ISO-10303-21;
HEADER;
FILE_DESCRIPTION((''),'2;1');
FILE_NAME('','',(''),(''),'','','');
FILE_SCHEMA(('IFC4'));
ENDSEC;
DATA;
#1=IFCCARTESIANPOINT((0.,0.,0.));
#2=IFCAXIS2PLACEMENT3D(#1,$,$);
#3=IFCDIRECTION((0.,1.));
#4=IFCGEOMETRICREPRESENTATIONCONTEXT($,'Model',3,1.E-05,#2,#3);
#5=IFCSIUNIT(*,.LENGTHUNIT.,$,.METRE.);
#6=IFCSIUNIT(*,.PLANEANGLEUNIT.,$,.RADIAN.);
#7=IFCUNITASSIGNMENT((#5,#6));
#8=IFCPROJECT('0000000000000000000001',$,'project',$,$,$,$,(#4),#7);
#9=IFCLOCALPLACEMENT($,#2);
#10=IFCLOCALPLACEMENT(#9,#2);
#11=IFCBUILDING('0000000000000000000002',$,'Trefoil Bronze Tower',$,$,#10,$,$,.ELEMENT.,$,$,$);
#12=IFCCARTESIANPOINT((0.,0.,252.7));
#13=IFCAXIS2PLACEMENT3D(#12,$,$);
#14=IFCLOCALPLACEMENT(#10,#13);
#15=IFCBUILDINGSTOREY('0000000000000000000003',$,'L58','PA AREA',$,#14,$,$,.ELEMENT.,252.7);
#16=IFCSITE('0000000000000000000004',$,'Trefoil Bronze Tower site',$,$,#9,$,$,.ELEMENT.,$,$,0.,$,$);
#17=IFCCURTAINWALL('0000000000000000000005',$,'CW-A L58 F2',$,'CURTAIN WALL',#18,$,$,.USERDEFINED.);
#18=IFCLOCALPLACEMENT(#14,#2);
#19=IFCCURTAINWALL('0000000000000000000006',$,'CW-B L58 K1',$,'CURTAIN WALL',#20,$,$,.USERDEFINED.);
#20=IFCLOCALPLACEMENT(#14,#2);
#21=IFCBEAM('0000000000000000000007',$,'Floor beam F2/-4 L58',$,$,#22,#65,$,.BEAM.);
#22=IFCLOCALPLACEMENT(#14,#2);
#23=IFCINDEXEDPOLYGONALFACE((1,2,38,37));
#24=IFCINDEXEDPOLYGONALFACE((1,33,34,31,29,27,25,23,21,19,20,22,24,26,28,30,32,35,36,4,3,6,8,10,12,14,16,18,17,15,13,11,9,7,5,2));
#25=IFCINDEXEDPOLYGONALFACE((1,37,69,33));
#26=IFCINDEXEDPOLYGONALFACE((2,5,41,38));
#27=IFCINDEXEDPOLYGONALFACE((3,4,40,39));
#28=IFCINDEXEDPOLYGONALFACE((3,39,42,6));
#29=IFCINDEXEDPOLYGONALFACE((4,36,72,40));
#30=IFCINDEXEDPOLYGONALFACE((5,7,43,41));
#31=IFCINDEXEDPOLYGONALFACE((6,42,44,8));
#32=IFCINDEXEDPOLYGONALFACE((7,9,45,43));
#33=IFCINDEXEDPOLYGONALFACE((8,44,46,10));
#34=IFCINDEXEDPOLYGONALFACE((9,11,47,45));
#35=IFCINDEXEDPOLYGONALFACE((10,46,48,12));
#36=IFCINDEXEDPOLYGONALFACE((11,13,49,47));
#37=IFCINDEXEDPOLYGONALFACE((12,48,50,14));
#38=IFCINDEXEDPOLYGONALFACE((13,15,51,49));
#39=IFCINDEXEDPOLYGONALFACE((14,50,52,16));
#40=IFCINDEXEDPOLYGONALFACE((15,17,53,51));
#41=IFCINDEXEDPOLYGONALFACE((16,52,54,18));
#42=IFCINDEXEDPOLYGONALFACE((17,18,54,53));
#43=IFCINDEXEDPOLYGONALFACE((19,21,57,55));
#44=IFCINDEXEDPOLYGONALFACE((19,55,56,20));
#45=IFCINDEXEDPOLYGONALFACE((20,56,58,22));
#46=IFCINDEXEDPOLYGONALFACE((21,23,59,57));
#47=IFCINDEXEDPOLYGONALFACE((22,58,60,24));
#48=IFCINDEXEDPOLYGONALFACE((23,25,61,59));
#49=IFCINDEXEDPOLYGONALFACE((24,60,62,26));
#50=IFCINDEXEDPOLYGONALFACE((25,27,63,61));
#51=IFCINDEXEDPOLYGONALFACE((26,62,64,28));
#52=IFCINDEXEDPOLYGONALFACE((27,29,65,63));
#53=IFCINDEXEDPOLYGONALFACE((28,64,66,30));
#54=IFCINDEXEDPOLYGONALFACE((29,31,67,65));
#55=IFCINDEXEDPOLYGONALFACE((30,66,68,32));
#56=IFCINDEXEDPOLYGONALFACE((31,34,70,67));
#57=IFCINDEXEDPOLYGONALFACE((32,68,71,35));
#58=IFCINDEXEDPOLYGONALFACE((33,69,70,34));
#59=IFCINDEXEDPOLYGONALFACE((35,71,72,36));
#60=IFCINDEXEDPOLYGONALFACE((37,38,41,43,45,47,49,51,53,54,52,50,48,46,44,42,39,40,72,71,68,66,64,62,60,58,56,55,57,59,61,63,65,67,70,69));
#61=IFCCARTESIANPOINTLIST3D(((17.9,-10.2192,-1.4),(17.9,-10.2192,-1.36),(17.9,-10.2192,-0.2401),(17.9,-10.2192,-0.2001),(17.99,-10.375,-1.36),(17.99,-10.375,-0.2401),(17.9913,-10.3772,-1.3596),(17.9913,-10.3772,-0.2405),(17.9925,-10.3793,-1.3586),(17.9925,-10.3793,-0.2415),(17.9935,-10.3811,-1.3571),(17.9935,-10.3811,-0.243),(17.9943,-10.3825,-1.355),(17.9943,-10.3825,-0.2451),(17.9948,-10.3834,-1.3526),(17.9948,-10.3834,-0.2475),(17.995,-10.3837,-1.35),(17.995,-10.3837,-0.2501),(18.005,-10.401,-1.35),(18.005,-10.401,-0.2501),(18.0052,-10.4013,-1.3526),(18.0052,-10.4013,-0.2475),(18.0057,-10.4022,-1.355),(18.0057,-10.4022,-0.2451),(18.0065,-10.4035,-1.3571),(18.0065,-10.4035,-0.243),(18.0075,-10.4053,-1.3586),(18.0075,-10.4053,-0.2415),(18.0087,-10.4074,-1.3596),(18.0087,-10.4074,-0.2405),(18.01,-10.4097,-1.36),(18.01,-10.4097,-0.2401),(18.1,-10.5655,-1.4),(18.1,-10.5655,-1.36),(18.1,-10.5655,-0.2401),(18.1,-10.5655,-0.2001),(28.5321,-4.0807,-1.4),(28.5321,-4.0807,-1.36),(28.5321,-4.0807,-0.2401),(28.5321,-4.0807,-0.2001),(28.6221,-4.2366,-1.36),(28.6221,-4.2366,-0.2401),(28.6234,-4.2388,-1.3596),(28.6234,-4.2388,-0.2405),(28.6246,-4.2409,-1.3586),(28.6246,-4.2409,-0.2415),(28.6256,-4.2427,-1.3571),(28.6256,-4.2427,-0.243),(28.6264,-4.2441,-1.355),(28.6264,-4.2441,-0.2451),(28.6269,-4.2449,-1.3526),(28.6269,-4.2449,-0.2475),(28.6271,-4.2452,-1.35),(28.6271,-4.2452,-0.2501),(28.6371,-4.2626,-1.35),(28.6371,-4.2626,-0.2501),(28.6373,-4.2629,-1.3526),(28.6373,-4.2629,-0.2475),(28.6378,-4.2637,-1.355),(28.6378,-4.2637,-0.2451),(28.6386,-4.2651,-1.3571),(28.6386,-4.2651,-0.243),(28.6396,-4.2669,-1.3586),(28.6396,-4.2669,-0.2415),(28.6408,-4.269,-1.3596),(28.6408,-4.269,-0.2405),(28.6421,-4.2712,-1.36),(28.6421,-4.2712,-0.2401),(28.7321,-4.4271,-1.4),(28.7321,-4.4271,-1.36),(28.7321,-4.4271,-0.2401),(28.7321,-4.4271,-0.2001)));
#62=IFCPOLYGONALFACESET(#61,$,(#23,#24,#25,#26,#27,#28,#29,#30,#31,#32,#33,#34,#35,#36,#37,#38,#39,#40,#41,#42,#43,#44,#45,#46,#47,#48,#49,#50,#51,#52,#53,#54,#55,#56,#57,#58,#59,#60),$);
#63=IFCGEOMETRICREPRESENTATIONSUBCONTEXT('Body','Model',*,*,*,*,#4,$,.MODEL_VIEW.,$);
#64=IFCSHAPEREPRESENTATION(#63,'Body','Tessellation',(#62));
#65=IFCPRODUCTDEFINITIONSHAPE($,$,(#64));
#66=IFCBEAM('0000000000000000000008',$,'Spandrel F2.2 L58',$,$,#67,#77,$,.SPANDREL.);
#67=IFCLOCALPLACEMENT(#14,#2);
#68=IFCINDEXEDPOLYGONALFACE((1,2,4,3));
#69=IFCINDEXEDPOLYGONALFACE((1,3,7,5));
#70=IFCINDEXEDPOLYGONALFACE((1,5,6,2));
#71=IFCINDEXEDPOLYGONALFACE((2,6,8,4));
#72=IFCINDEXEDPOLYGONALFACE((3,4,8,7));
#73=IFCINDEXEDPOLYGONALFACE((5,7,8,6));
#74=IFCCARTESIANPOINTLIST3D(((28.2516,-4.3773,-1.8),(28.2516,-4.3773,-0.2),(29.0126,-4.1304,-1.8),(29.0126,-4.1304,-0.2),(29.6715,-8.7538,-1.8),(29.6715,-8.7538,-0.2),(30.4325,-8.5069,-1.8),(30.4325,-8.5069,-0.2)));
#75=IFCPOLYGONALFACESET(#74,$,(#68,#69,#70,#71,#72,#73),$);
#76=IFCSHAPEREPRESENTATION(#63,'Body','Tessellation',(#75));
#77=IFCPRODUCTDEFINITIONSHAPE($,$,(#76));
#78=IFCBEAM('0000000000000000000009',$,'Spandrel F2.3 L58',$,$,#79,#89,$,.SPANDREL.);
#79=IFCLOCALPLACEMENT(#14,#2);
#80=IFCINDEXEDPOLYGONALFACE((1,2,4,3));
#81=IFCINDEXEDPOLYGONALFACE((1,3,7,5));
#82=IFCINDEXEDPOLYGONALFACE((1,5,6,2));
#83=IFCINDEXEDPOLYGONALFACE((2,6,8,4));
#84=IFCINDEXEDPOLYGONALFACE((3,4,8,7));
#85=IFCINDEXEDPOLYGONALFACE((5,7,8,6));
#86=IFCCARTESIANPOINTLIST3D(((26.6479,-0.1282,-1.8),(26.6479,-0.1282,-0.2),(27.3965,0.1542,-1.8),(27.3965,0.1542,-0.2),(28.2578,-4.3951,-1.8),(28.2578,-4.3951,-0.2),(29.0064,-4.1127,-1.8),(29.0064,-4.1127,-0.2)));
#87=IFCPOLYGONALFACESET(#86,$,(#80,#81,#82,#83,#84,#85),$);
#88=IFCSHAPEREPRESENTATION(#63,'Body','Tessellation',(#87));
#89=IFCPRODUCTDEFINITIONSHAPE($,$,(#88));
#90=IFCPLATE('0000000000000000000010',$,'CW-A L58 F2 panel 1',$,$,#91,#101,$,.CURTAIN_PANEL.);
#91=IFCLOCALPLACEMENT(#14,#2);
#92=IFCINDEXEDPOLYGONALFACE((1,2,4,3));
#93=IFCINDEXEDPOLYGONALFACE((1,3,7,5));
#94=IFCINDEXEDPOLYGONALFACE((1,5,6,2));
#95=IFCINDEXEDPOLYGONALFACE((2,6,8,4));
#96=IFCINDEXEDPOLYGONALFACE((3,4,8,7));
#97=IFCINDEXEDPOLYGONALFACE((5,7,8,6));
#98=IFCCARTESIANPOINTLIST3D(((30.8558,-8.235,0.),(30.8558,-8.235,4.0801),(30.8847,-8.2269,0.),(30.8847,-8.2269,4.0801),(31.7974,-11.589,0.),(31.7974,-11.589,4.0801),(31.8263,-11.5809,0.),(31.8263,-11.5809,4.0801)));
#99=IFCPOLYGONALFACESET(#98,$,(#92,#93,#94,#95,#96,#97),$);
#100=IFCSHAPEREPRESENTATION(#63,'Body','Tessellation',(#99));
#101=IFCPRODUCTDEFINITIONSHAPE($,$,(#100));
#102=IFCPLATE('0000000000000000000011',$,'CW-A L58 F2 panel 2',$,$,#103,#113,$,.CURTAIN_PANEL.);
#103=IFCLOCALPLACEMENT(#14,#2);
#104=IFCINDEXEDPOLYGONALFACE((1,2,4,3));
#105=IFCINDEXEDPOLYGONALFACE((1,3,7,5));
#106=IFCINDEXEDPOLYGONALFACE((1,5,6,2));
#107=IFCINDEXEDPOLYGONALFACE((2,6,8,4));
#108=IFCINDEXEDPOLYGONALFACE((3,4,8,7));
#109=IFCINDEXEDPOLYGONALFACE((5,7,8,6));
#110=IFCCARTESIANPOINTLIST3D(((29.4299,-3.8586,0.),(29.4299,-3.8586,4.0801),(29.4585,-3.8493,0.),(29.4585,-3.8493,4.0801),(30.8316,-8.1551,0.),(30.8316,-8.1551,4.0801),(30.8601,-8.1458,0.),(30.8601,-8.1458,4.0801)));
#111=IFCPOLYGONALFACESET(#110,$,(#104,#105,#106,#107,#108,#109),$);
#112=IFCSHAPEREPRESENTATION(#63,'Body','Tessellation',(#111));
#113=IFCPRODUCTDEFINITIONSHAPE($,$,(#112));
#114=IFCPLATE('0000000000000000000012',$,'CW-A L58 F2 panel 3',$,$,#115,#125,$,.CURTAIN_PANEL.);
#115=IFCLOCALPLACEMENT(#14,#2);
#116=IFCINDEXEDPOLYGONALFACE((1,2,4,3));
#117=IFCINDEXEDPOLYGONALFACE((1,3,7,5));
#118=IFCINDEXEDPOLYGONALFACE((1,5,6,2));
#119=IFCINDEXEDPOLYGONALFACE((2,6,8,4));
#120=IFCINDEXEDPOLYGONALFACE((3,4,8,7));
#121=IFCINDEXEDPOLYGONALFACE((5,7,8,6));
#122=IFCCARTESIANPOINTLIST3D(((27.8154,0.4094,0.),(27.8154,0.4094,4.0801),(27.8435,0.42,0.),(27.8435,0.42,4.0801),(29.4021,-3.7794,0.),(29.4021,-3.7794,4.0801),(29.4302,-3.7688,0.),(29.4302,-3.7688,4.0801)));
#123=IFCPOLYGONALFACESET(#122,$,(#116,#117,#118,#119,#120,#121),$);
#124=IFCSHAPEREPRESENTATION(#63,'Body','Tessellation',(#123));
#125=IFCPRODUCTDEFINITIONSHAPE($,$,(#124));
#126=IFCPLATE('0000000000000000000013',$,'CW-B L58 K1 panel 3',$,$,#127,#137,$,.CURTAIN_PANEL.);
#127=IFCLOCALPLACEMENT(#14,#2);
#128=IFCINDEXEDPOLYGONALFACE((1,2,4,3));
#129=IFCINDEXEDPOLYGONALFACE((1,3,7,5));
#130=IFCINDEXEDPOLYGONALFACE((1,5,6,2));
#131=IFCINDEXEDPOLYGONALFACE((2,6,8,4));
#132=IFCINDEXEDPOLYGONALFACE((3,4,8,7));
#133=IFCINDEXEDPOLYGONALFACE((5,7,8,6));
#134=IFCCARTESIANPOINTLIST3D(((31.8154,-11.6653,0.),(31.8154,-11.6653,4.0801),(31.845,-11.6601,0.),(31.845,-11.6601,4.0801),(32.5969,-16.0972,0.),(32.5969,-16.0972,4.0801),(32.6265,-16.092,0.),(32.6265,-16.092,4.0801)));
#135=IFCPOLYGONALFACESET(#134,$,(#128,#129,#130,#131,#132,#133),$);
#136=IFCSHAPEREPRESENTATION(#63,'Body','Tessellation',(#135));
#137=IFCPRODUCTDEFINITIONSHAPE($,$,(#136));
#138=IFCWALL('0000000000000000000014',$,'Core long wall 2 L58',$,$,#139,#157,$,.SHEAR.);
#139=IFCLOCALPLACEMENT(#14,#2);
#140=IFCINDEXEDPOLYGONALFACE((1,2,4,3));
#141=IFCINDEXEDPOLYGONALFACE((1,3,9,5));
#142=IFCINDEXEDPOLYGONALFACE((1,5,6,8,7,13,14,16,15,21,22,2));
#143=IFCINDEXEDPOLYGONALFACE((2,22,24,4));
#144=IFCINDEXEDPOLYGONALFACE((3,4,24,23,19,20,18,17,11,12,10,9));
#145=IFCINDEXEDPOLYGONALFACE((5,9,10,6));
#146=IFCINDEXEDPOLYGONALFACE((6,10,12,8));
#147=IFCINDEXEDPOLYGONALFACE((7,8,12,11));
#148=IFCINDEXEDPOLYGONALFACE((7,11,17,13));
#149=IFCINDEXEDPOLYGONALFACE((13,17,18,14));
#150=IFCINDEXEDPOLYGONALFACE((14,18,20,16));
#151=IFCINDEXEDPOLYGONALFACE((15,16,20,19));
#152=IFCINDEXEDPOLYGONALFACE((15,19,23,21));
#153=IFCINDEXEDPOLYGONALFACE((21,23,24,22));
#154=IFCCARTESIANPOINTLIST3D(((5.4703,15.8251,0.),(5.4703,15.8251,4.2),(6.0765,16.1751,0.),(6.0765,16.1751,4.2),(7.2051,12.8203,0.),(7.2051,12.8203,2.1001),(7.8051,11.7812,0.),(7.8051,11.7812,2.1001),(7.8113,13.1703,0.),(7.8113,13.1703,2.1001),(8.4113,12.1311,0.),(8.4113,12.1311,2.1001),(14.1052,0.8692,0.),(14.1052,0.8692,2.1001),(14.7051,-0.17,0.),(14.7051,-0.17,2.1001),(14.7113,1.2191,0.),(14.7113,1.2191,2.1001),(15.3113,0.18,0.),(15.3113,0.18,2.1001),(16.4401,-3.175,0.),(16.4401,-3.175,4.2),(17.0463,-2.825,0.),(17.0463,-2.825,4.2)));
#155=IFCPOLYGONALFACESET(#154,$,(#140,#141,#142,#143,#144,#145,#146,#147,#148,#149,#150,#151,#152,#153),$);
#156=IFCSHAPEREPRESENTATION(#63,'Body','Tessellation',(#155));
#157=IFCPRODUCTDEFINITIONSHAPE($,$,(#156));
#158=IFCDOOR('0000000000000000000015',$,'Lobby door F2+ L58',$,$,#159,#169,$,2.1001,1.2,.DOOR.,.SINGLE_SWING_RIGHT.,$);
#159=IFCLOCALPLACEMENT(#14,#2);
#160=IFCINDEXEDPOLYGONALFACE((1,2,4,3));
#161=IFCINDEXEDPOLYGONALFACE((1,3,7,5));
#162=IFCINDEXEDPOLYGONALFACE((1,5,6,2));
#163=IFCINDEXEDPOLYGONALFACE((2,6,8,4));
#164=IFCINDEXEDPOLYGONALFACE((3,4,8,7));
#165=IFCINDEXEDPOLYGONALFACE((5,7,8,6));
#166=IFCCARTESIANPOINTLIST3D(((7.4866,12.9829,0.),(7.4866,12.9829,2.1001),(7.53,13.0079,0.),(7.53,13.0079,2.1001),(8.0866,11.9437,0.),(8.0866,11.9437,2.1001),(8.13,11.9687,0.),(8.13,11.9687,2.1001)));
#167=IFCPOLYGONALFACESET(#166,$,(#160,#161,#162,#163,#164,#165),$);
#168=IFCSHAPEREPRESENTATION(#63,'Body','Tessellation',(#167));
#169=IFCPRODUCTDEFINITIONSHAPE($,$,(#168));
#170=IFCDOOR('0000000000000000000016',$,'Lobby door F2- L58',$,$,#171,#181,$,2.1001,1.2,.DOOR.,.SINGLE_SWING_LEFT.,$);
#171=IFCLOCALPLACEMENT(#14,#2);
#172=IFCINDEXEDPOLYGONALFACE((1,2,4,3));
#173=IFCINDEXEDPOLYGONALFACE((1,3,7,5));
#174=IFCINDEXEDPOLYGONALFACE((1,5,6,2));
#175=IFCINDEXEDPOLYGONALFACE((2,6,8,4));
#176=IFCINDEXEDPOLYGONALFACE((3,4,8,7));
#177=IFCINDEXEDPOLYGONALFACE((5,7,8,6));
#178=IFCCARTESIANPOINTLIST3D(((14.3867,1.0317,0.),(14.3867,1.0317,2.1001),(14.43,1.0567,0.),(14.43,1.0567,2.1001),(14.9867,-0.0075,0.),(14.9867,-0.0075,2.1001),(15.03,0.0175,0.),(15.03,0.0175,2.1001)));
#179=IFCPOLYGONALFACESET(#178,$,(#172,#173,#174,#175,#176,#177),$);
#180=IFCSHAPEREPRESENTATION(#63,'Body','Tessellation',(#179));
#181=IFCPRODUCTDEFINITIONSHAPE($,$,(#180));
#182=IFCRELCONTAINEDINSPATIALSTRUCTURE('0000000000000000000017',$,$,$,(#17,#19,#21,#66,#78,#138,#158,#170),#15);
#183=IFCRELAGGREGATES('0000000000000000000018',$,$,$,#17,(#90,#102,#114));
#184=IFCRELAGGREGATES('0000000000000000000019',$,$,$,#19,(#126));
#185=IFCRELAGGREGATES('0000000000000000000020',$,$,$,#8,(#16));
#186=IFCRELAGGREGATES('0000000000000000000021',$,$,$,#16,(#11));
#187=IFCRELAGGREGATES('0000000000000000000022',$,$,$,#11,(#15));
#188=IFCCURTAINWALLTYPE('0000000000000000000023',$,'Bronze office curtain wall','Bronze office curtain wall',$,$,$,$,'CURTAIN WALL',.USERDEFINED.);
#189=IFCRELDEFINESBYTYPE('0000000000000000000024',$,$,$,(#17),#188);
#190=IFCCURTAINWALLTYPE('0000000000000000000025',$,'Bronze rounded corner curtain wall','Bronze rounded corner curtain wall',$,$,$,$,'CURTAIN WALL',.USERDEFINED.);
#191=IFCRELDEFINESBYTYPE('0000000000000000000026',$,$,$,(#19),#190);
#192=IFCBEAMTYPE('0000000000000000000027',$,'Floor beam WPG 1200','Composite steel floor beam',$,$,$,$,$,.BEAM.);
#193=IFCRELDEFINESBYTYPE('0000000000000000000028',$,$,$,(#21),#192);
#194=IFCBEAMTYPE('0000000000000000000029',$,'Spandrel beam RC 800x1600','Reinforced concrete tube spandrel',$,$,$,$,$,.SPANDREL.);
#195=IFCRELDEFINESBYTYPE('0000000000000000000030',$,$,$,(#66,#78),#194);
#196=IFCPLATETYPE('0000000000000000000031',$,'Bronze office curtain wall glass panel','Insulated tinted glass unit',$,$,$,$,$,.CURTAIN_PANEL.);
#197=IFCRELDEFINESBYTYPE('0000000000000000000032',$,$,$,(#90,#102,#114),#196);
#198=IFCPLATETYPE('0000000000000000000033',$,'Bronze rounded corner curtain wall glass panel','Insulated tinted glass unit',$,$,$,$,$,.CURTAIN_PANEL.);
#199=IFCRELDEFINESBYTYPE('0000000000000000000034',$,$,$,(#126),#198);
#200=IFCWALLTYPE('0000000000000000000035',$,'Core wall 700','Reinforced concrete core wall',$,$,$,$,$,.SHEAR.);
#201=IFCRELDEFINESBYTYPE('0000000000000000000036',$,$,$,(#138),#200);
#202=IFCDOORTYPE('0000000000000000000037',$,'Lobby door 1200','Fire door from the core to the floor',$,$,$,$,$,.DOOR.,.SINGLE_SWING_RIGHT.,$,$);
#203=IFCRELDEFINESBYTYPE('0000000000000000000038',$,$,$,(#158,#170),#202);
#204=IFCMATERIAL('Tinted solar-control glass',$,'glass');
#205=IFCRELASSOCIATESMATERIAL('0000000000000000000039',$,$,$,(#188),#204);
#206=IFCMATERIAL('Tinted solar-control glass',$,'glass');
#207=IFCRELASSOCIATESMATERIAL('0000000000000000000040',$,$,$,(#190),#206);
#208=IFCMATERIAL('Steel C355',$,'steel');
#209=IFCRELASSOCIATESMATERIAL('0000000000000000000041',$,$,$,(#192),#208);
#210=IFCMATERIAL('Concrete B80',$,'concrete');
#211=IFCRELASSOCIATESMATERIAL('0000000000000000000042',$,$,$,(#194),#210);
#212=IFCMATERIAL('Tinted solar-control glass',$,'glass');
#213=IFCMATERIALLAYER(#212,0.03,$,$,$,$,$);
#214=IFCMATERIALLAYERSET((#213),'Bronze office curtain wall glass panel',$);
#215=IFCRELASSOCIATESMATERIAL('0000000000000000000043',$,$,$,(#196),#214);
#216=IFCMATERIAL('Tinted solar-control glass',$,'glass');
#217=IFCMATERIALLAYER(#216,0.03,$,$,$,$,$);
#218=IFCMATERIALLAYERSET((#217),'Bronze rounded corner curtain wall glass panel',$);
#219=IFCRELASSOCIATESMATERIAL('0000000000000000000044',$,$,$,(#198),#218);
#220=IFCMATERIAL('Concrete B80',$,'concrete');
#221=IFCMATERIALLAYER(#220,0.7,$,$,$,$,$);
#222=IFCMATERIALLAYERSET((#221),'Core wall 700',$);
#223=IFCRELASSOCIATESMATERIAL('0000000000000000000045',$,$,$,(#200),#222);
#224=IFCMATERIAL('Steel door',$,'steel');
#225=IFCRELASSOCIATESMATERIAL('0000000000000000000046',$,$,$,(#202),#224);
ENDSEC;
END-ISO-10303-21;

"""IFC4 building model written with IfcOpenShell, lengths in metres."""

from ifc_helpers import new_model, si_unit, direction, frame, frame_2d, origin, origin_2d, place, context, subcontext, project, spatial, rectangle, i_section, extrude, material, layer, layer_set, material_profile, profile_set, type_object, element, fill, aggregate, save


model = new_model("IFC4")

# Units and contexts
model_context = context("Model", 3, precision=1e-05, world=origin(), true_north=direction((0.0, 1.0)))
body_context = subcontext(model_context, "Body", "Model", "MODEL_VIEW")
ifc_project = project(units=[si_unit("LENGTHUNIT", "METRE"), si_unit("PLANEANGLEUNIT", "RADIAN")], contexts=[model_context])

# Site, building, storey
site_placement = place(None, origin())
site = spatial("IfcSite", under=ifc_project, at=site_placement, Name="Trefoil Bronze Tower site", CompositionType="ELEMENT", RefElevation=0.0)
building_placement = place(site_placement, origin())
building = spatial("IfcBuilding", under=site, at=building_placement, Name="Trefoil Bronze Tower", CompositionType="ELEMENT")
storey_placement = place(building_placement, frame((0.0, 0.0, 252.7)))
storey = spatial("IfcBuildingStorey", under=building, at=storey_placement, Name="L58", Description="PA AREA", CompositionType="ELEMENT", Elevation=252.7)

# Curtain walls
ifc_material_1 = material(Name="Tinted solar-control glass", Category="glass")
curtain_wall_type_1 = type_object("IfcCurtainWallType", Name="Bronze office curtain wall", Description="Bronze office curtain wall", ElementType="CURTAIN WALL", PredefinedType="USERDEFINED", material=ifc_material_1)
curtain_wall_1_placement = place(storey_placement, origin())
curtain_wall_1 = element("IfcCurtainWall", 1, at=curtain_wall_1_placement, inside=storey, type_object=curtain_wall_type_1, Name="CW-A L58 F2", ObjectType="CURTAIN WALL", PredefinedType="USERDEFINED")
ifc_material_2 = material(Name="Tinted solar-control glass", Category="glass")
curtain_wall_type_2 = type_object("IfcCurtainWallType", Name="Bronze rounded corner curtain wall", Description="Bronze rounded corner curtain wall", ElementType="CURTAIN WALL", PredefinedType="USERDEFINED", material=ifc_material_2)
curtain_wall_2_placement = place(storey_placement, origin())
curtain_wall_2 = element("IfcCurtainWall", 2, at=curtain_wall_2_placement, inside=storey, type_object=curtain_wall_type_2, Name="CW-B L58 K1", ObjectType="CURTAIN WALL", PredefinedType="USERDEFINED")

# Beams
ifc_material_3 = material(Name="Steel C355", Category="steel")
ifc_material_profile_1 = material_profile(ifc_material_3, i_section(OverallWidth=0.3999, OverallDepth=1.2, WebThickness=0.02, FlangeThickness=0.04, FilletRadius=0.01, at=origin_2d()), Name="WPG 1200")
ifc_profile_set_1 = profile_set([ifc_material_profile_1], Name="Steel C355")
beam_type_1 = type_object("IfcBeamType", Name="Floor beam WPG 1200", Description="Composite steel floor beam", PredefinedType="BEAM", material=ifc_profile_set_1)
beam_1_placement = place(storey_placement, frame((28.6321, -4.2539, -0.8), z_axis=(-0.866026, -0.5, 0.0), x_axis=(0.5, -0.866026, 0.0)))
element("IfcBeam", 3, at=beam_1_placement, inside=storey, type_object=beam_type_1, Name="Floor beam F2/-4 L58", PredefinedType="BEAM", context=body_context, shape_type="SweptSolid", body=[
    extrude(i_section(OverallWidth=0.3999, OverallDepth=1.2, WebThickness=0.02, FlangeThickness=0.04, FilletRadius=0.01, at=origin_2d()), origin(), (0.0, 0.0, 1.0), 12.2769),
])
ifc_material_4 = material(Name="Concrete B80", Category="concrete")
ifc_material_profile_2 = material_profile(ifc_material_4, rectangle(XDim=0.8, YDim=1.6001, at=origin_2d()), Name="RC 800x1600")
ifc_profile_set_2 = profile_set([ifc_material_profile_2], Name="Concrete B80")
beam_type_2 = type_object("IfcBeamType", Name="Spandrel beam RC 800x1600", Description="Reinforced concrete tube spandrel", PredefinedType="SPANDREL", material=ifc_profile_set_2)
beam_2_placement = place(storey_placement, frame((30.052, -8.6304, -1.0), z_axis=(-0.308609, 0.951189, 0.0), x_axis=(-0.951189, -0.308609, 0.0)))
element("IfcBeam", 4, at=beam_2_placement, inside=storey, type_object=beam_type_2, Name="Spandrel F2.2 L58", PredefinedType="SPANDREL", context=body_context, shape_type="SweptSolid", body=[
    extrude(rectangle(XDim=0.8, YDim=1.6001, at=origin_2d()), origin(), (0.0, 0.0, 1.0), 4.6011),
])
beam_3_placement = place(storey_placement, frame((28.6321, -4.2539, -1.0), z_axis=(-0.353006, 0.935621, 0.0), x_axis=(-0.935621, -0.353006, 0.0)))
element("IfcBeam", 5, at=beam_3_placement, inside=storey, type_object=beam_type_2, Name="Spandrel F2.3 L58", PredefinedType="SPANDREL", context=body_context, shape_type="SweptSolid", body=[
    extrude(rectangle(XDim=0.8, YDim=1.6001, at=origin_2d()), origin(), (0.0, 0.0, 1.0), 4.5605),
])

# Plates
ifc_material_5 = material(Name="Tinted solar-control glass", Category="glass")
ifc_layer_1 = layer(ifc_material_5, 0.03)
ifc_layer_set_1 = layer_set([ifc_layer_1], Name="Bronze office curtain wall glass panel")
plate_type_1 = type_object("IfcPlateType", Name="Bronze office curtain wall glass panel", Description="Insulated tinted glass unit", PredefinedType="CURTAIN_PANEL", material=ifc_layer_set_1)
plate_1_placement = place(storey_placement, frame((31.3411, -9.908, 0.0), z_axis=(0.0, 0.0, 1.0), x_axis=(-0.270282, 0.962781, 0.0)))
plate_1 = element("IfcPlate", 6, at=plate_1_placement, type_object=plate_type_1, Name="CW-A L58 F2 panel 1", PredefinedType="CURTAIN_PANEL", context=body_context, shape_type="SweptSolid", body=[
    extrude(rectangle(XDim=3.4836, YDim=0.03, at=origin_2d()), origin(), (0.0, 0.0, 1.0), 4.0801),
])
plate_2_placement = place(storey_placement, frame((30.145, -6.0022, 0.0), z_axis=(0.0, 0.0, 1.0), x_axis=(-0.310149, 0.950688, 0.0)))
plate_2 = element("IfcPlate", 7, at=plate_2_placement, type_object=plate_type_1, Name="CW-A L58 F2 panel 2", PredefinedType="CURTAIN_PANEL", context=body_context, shape_type="SweptSolid", body=[
    extrude(rectangle(XDim=4.5193, YDim=0.03, at=origin_2d()), origin(), (0.0, 0.0, 1.0), 4.0801),
])
plate_3_placement = place(storey_placement, frame((28.6228, -1.6797, 0.0), z_axis=(0.0, 0.0, 1.0), x_axis=(-0.354234, 0.935157, 0.0)))
plate_3 = element("IfcPlate", 8, at=plate_3_placement, type_object=plate_type_1, Name="CW-A L58 F2 panel 3", PredefinedType="CURTAIN_PANEL", context=body_context, shape_type="SweptSolid", body=[
    extrude(rectangle(XDim=4.4792, YDim=0.03, at=origin_2d()), origin(), (0.0, 0.0, 1.0), 4.0801),
])
aggregate(curtain_wall_1, [plate_1, plate_2, plate_3])
ifc_material_6 = material(Name="Tinted solar-control glass", Category="glass")
ifc_layer_2 = layer(ifc_material_6, 0.03)
ifc_layer_set_2 = layer_set([ifc_layer_2], Name="Bronze rounded corner curtain wall glass panel")
plate_type_2 = type_object("IfcPlateType", Name="Bronze rounded corner curtain wall glass panel", Description="Insulated tinted glass unit", PredefinedType="CURTAIN_PANEL", material=ifc_layer_set_2)
plate_4_placement = place(storey_placement, frame((32.2209, -13.8787, 0.0), z_axis=(0.0, 0.0, 1.0), x_axis=(-0.173648, 0.984808, 0.0)))
plate_4 = element("IfcPlate", 9, at=plate_4_placement, type_object=plate_type_2, Name="CW-B L58 K1 panel 3", PredefinedType="CURTAIN_PANEL", context=body_context, shape_type="SweptSolid", body=[
    extrude(rectangle(XDim=4.5002, YDim=0.03, at=origin_2d()), origin(), (0.0, 0.0, 1.0), 4.0801),
])
aggregate(curtain_wall_2, [plate_4])

# Wall, openings, doors
ifc_material_7 = material(Name="Concrete B80", Category="concrete")
ifc_layer_3 = layer(ifc_material_7, 0.7)
ifc_layer_set_3 = layer_set([ifc_layer_3], Name="Core wall 700")
wall_type_1 = type_object("IfcWallType", Name="Core wall 700", Description="Reinforced concrete core wall", PredefinedType="SHEAR", material=ifc_layer_set_3)
wall_1_placement = place(storey_placement, frame((16.7432, -3.0, 0.0), z_axis=(0.0, 0.0, 1.0), x_axis=(-0.500002, 0.866024, 0.0)))
wall_1 = element("IfcWall", 10, at=wall_1_placement, inside=storey, type_object=wall_type_1, Name="Core long wall 2 L58", PredefinedType="SHEAR", context=body_context, shape_type="SweptSolid", body=[
    extrude(rectangle(XDim=21.9395, YDim=0.7, at=frame_2d((10.9697, 0.0))), origin(), (0.0, 0.0, 1.0), 4.2),
])
opening_1_placement = place(wall_1_placement, frame((17.2698, 0.0, 0.0)))
opening_1 = element("IfcOpeningElement", 11, at=opening_1_placement, cuts=wall_1, PredefinedType="OPENING", context=body_context, shape_type="SweptSolid", body=[
    extrude(rectangle(XDim=1.2, YDim=2.1001, at=frame_2d((0.6001, 1.05))), frame((0.0, 0.3599, 0.0), z_axis=(0.0, -1.0, 0.0), x_axis=(1.0, 0.0, 0.0)), (0.0, 0.0, 1.0), 0.72),
])
opening_2_placement = place(wall_1_placement, frame((3.4697, 0.0, 0.0)))
opening_2 = element("IfcOpeningElement", 12, at=opening_2_placement, cuts=wall_1, PredefinedType="OPENING", context=body_context, shape_type="SweptSolid", body=[
    extrude(rectangle(XDim=1.2, YDim=2.1001, at=frame_2d((0.6001, 1.05))), frame((0.0, 0.3599, 0.0), z_axis=(0.0, -1.0, 0.0), x_axis=(1.0, 0.0, 0.0)), (0.0, 0.0, 1.0), 0.72),
])
ifc_material_8 = material(Name="Steel door", Category="steel")
door_type_1 = type_object("IfcDoorType", Name="Lobby door 1200", Description="Fire door from the core to the floor", OperationType="SINGLE_SWING_RIGHT", PredefinedType="DOOR", material=ifc_material_8)
door_1_placement = place(opening_1_placement, origin())
door_1 = element("IfcDoor", 13, at=door_1_placement, inside=storey, type_object=door_type_1, Name="Lobby door F2+ L58", OperationType="SINGLE_SWING_RIGHT", OverallHeight=2.1001, OverallWidth=1.2, PredefinedType="DOOR", context=body_context, shape_type="SweptSolid", body=[
    extrude(rectangle(XDim=1.2, YDim=2.1001, at=frame_2d((0.6001, 1.05))), frame((0.0, 0.0249, 0.0), z_axis=(0.0, -1.0, 0.0), x_axis=(1.0, 0.0, 0.0)), (0.0, 0.0, 1.0), 0.05),
])
fill(opening_1, door_1)
door_2_placement = place(opening_2_placement, origin())
door_2 = element("IfcDoor", 14, at=door_2_placement, inside=storey, type_object=door_type_1, Name="Lobby door F2- L58", OperationType="SINGLE_SWING_LEFT", OverallHeight=2.1001, OverallWidth=1.2, PredefinedType="DOOR", context=body_context, shape_type="SweptSolid", body=[
    extrude(rectangle(XDim=1.2, YDim=2.1001, at=frame_2d((0.6001, 1.05))), frame((0.0, 0.0249, 0.0), z_axis=(0.0, -1.0, 0.0), x_axis=(1.0, 0.0, 0.0)), (0.0, 0.0, 1.0), 0.05),
])
fill(opening_2, door_2)

save(model, "model.ifc")
